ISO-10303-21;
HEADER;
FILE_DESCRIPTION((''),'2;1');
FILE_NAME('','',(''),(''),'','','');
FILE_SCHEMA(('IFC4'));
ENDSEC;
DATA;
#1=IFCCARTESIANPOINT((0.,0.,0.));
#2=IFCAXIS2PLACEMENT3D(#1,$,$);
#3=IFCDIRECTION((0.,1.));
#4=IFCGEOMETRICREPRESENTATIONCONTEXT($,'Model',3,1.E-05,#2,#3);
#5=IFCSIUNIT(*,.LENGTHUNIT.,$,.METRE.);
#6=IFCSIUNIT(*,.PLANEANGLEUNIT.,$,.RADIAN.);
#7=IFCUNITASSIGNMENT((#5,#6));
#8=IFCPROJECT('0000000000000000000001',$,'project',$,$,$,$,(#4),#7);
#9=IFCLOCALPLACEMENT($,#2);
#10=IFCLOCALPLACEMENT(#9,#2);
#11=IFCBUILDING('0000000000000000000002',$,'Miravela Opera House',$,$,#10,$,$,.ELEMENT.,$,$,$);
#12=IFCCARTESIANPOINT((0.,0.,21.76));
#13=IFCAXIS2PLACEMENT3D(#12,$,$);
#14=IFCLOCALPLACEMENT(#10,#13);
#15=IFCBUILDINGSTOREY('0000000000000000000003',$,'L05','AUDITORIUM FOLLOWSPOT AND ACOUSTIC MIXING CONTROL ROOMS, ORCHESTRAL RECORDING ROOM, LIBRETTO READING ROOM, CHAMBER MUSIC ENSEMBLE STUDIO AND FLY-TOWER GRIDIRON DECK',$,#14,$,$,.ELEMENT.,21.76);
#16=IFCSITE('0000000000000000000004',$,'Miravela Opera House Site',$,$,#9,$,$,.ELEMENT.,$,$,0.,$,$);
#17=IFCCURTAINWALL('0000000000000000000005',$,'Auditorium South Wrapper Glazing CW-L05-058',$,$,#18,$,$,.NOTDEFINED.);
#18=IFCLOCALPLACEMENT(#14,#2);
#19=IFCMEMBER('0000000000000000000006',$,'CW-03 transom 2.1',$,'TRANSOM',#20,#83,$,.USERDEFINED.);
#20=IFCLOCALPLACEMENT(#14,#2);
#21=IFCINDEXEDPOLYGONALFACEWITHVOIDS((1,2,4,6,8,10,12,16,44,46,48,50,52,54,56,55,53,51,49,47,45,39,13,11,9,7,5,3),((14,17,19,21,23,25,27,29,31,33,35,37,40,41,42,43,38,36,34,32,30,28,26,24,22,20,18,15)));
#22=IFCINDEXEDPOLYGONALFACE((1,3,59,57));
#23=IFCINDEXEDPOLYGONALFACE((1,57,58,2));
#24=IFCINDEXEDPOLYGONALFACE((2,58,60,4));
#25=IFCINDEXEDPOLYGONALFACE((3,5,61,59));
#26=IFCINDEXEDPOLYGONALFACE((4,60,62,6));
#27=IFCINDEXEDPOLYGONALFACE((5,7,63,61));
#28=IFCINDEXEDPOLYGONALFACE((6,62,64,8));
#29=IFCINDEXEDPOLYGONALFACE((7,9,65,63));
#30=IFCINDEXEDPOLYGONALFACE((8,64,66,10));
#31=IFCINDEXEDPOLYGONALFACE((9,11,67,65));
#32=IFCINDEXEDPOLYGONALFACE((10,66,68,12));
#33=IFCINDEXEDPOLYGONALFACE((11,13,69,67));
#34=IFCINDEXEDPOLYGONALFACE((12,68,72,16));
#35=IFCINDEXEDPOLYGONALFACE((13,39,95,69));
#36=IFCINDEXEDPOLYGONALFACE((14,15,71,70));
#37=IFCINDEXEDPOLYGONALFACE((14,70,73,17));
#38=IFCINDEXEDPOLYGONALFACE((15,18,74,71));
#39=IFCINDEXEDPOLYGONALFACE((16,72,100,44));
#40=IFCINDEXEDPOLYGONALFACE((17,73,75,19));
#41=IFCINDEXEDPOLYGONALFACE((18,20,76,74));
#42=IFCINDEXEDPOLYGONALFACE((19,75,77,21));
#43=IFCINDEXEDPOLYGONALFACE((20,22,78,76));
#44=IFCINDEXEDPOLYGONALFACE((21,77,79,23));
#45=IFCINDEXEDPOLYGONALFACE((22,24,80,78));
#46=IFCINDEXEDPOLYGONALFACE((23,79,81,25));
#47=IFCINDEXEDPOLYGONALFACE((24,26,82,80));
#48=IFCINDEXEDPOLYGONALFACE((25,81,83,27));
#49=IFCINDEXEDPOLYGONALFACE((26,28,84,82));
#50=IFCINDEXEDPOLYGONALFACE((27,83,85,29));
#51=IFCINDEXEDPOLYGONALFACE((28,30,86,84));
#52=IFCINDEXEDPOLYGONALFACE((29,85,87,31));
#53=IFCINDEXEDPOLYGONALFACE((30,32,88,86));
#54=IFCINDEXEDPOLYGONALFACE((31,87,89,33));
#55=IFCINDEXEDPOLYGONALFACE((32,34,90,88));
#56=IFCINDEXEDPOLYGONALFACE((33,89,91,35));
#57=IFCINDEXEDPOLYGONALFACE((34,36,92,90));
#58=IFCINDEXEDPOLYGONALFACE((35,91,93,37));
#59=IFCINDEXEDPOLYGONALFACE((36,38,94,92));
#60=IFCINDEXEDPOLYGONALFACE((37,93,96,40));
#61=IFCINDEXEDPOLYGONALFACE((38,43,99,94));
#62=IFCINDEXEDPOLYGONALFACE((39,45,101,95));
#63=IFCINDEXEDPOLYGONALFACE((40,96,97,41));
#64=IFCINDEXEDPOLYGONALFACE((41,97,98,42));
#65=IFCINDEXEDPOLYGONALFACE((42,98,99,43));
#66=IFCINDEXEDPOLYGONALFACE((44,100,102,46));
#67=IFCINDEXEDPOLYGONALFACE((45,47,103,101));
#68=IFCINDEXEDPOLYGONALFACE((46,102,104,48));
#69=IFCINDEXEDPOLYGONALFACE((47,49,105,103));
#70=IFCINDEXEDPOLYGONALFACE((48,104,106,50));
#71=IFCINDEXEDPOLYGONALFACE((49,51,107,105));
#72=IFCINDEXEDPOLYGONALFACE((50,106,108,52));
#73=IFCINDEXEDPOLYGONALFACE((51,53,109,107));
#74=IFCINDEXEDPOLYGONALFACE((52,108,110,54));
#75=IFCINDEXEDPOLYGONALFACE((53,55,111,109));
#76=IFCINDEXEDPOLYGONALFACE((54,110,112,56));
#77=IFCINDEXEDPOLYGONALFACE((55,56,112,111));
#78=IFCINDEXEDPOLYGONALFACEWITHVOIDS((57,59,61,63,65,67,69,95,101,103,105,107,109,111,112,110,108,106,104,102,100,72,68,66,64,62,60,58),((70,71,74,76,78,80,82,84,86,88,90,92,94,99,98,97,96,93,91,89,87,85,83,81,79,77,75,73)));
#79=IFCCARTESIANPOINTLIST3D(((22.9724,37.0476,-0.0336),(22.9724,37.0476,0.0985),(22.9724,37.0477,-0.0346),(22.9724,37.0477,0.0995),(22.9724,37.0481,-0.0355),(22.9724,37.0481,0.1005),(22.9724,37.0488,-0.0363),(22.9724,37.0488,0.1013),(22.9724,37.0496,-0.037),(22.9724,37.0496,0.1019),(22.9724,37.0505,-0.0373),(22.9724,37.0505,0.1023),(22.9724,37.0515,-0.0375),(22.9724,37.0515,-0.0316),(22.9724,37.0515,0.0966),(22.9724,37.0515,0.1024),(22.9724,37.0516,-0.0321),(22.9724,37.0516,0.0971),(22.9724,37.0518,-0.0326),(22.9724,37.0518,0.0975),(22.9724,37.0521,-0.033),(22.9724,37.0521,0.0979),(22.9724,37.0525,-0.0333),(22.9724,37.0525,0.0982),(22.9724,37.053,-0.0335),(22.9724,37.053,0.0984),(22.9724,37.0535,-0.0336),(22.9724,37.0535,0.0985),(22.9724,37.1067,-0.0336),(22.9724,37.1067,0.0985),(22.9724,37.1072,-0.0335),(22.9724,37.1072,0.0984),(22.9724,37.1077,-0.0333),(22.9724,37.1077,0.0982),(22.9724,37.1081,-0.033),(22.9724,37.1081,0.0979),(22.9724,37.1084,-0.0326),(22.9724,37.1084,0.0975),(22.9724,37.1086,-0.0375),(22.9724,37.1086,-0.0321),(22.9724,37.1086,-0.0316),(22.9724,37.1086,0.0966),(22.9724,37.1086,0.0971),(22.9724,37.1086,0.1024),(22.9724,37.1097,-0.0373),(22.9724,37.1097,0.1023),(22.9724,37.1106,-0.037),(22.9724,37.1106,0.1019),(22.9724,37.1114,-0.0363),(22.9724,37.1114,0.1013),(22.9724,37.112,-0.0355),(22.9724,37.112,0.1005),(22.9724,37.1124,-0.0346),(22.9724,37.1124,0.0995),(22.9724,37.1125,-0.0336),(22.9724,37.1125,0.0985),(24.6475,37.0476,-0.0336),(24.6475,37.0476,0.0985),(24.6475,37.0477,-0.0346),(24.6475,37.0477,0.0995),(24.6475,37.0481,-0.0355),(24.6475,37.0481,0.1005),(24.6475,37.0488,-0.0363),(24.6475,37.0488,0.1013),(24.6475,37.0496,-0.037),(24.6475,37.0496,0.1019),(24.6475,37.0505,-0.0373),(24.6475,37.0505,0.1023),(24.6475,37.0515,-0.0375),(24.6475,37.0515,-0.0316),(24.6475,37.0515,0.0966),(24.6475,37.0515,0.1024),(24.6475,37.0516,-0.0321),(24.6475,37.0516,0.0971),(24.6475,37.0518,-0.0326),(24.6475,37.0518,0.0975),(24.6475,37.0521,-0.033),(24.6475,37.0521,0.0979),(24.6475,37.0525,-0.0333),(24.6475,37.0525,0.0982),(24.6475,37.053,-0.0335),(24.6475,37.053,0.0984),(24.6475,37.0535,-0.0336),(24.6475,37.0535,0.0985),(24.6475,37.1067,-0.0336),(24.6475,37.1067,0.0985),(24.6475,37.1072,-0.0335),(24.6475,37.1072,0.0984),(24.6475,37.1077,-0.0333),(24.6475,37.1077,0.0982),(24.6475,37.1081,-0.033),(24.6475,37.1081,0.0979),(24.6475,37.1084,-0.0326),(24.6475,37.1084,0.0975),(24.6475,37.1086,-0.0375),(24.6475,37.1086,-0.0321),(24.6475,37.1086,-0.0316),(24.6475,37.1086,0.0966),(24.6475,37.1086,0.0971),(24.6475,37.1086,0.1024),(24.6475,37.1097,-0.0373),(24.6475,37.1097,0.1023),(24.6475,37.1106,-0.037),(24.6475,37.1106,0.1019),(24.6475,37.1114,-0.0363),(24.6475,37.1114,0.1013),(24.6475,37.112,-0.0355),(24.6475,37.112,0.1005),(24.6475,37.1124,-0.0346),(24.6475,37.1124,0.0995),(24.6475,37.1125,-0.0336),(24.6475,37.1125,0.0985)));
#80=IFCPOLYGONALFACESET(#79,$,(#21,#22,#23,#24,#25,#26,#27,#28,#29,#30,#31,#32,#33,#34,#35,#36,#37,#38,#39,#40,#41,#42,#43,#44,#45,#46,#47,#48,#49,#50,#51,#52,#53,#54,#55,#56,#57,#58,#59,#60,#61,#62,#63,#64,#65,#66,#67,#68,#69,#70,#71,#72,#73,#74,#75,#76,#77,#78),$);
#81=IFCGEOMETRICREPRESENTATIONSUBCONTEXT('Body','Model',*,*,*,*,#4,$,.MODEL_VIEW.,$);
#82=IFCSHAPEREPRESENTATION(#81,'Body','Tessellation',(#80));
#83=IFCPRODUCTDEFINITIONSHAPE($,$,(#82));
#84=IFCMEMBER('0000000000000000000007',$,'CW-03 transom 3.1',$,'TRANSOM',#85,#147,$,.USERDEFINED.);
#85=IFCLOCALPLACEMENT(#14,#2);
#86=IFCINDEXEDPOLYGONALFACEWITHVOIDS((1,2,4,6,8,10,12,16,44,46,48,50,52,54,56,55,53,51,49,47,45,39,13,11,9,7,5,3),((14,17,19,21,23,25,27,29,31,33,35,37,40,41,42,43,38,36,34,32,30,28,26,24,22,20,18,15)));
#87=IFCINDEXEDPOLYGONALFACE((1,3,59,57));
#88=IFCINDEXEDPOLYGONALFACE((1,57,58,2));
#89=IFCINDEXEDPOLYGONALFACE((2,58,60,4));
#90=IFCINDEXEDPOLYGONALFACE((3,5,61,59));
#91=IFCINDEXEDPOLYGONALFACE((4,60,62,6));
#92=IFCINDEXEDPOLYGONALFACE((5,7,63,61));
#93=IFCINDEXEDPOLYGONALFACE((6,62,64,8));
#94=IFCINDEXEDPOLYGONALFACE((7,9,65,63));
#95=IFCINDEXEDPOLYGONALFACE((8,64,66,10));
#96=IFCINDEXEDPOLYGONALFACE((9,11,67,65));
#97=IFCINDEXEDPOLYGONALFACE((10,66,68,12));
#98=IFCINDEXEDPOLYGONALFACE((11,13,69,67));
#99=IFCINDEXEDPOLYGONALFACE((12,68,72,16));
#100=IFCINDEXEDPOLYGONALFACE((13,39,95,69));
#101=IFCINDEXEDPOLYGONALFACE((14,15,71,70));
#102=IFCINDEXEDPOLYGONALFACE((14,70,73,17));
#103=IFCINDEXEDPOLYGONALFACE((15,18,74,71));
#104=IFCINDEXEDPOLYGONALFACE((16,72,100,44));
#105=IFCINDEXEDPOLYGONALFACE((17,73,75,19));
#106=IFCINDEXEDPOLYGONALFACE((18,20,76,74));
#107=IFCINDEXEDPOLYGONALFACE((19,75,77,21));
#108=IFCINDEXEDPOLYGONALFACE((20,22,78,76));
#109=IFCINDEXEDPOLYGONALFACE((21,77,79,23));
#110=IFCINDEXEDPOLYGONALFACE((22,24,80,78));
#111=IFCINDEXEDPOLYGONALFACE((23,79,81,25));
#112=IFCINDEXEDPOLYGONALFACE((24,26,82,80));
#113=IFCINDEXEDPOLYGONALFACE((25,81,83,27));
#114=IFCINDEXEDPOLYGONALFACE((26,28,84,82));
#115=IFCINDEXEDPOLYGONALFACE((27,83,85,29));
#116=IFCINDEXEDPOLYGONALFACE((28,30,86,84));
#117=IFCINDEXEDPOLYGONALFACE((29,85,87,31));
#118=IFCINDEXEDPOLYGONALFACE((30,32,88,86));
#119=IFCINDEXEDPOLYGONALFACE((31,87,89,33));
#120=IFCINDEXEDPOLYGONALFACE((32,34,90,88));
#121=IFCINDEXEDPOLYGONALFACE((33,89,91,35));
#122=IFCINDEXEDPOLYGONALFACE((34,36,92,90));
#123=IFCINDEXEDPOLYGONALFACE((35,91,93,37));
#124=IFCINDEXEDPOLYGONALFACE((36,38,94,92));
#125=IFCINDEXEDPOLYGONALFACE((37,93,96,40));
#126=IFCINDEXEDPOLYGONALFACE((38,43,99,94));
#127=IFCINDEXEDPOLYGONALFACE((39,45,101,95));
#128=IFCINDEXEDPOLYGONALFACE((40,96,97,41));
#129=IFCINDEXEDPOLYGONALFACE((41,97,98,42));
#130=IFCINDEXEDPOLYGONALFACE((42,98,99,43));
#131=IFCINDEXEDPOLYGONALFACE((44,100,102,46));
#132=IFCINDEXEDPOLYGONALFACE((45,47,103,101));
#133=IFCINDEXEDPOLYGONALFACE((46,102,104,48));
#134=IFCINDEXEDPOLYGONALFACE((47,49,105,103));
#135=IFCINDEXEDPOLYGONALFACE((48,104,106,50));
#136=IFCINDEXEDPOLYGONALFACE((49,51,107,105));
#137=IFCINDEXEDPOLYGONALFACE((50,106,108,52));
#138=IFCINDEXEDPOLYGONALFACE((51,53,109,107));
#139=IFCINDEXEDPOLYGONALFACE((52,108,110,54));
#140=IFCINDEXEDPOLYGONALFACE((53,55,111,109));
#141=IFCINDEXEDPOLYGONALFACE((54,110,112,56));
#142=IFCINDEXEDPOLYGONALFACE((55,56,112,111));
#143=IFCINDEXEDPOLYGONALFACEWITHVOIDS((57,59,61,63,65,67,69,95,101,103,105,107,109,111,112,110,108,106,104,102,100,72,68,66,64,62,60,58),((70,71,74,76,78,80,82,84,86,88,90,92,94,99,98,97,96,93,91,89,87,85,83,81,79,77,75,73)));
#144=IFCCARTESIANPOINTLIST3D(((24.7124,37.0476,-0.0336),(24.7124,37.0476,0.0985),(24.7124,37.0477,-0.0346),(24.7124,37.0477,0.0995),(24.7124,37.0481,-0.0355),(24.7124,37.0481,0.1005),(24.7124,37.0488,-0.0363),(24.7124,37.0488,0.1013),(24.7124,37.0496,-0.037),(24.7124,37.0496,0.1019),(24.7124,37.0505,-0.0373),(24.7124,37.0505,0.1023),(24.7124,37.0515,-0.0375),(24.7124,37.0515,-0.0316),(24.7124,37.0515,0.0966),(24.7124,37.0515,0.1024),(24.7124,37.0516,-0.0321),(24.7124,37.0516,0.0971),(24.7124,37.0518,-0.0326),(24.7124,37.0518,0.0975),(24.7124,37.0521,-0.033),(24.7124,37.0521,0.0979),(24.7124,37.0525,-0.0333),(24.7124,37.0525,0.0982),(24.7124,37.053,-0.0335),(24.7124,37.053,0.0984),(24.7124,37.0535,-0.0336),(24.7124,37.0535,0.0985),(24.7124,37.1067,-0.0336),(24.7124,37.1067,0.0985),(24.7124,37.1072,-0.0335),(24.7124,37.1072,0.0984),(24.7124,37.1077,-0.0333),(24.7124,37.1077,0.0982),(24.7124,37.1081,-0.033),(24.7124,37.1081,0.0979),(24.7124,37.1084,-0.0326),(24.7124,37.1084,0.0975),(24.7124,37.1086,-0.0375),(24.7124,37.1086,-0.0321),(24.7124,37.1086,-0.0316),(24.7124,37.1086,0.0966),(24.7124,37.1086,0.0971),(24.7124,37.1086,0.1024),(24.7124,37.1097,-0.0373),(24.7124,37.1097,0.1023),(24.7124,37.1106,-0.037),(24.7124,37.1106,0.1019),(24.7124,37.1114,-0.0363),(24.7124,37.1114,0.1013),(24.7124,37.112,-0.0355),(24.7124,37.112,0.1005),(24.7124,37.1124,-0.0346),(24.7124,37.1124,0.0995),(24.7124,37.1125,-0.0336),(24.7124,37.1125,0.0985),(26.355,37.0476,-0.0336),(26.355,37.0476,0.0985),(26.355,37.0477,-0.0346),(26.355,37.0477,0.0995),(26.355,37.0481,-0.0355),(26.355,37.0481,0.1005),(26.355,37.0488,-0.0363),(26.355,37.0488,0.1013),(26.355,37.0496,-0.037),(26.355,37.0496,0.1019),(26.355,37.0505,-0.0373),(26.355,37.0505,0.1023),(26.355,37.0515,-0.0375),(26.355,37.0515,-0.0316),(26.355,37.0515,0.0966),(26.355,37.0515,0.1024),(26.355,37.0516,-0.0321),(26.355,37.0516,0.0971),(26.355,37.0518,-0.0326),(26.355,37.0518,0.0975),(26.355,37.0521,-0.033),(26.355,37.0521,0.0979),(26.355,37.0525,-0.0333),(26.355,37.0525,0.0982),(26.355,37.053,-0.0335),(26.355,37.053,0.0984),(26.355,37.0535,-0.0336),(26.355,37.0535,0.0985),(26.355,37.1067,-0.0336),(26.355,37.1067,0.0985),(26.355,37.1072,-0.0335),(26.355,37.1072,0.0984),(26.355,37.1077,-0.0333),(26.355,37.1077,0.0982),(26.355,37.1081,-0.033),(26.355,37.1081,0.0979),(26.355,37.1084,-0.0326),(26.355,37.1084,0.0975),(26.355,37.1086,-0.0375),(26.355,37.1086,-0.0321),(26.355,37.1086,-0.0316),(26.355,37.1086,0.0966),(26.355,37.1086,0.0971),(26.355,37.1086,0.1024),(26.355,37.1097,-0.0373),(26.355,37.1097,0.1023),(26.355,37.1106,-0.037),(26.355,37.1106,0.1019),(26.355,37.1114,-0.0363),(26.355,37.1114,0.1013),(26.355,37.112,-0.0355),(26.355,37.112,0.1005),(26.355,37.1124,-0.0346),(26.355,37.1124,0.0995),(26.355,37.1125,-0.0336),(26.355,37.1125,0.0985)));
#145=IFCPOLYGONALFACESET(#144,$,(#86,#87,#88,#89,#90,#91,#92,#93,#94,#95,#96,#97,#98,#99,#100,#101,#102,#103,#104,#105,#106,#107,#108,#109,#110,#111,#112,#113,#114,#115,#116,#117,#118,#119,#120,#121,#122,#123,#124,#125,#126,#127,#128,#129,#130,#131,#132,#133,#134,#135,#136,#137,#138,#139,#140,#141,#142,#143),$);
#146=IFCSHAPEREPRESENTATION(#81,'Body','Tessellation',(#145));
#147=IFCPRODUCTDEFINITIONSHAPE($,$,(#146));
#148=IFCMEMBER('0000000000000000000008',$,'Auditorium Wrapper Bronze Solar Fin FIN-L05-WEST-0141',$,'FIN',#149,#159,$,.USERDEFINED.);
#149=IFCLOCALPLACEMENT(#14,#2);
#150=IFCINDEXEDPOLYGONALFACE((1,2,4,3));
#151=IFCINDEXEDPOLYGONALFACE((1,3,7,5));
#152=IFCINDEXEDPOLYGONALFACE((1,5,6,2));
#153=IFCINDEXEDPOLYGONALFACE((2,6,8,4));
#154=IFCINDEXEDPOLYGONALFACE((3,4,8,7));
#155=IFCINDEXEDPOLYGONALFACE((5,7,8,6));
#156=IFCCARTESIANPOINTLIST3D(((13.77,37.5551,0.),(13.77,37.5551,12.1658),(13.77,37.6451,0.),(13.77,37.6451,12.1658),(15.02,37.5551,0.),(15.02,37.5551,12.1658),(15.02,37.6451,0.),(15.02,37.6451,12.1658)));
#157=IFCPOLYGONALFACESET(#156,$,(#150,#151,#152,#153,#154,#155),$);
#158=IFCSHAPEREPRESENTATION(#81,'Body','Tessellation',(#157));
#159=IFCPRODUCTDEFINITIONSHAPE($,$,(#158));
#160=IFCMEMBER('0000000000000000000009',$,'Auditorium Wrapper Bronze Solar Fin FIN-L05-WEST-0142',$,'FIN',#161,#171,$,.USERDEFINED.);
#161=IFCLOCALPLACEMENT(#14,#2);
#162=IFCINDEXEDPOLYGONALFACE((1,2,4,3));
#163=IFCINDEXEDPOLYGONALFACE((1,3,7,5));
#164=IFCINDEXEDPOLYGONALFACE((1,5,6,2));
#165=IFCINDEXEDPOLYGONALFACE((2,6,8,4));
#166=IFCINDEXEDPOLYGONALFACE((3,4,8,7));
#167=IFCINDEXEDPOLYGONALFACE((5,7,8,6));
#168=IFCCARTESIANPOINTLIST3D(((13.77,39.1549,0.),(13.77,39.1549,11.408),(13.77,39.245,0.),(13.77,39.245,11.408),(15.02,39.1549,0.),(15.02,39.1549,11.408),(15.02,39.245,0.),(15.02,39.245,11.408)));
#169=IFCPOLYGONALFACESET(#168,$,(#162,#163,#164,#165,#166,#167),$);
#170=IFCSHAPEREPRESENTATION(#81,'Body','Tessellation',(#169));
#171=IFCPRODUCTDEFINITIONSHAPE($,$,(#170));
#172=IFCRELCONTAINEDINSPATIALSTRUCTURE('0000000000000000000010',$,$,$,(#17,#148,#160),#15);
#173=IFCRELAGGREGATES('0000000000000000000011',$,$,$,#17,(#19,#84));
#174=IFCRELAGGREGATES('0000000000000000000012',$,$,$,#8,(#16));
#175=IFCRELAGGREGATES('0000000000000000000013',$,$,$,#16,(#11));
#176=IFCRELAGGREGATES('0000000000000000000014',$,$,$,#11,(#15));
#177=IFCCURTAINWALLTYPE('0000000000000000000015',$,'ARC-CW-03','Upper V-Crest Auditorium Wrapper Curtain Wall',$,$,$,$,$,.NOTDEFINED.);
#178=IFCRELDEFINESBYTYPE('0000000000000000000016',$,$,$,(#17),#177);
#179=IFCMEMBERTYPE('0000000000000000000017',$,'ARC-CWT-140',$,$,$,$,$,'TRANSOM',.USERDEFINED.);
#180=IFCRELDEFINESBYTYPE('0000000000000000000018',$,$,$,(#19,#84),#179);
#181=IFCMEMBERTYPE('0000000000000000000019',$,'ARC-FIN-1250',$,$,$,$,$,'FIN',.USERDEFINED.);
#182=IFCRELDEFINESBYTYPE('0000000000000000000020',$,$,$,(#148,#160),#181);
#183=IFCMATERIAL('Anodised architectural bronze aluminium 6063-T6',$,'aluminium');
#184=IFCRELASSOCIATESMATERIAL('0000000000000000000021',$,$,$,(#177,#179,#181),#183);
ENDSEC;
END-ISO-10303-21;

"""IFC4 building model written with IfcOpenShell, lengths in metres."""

from ifc_helpers import new_model, si_unit, direction, frame, origin, origin_2d, place, context, subcontext, project, spatial, rectangle, hollow_rectangle, extrude, material, material_profile, profile_set, type_object, element, aggregate, save


model = new_model("IFC4")

# Units and contexts
model_context = context("Model", 3, precision=1e-05, world=origin(), true_north=direction((0.0, 1.0)))
body_context = subcontext(model_context, "Body", "Model", "MODEL_VIEW")
ifc_project = project(units=[si_unit("LENGTHUNIT", "METRE"), si_unit("PLANEANGLEUNIT", "RADIAN")], contexts=[model_context])

# Site, building, storey
site_placement = place(None, origin())
site = spatial("IfcSite", under=ifc_project, at=site_placement, Name="Miravela Opera House Site", CompositionType="ELEMENT", RefElevation=0.0)
building_placement = place(site_placement, origin())
building = spatial("IfcBuilding", under=site, at=building_placement, Name="Miravela Opera House", CompositionType="ELEMENT")
storey_placement = place(building_placement, frame((0.0, 0.0, 21.76)))
storey = spatial("IfcBuildingStorey", under=building, at=storey_placement, Name="L05", Description="AUDITORIUM FOLLOWSPOT AND ACOUSTIC MIXING CONTROL ROOMS, ORCHESTRAL RECORDING ROOM, LIBRETTO READING ROOM, CHAMBER MUSIC ENSEMBLE STUDIO AND FLY-TOWER GRIDIRON DECK", CompositionType="ELEMENT", Elevation=21.76)

# Curtain wall
ifc_material_1 = material(Name="Anodised architectural bronze aluminium 6063-T6", Category="aluminium")
curtain_wall_type = type_object("IfcCurtainWallType", Name="ARC-CW-03", Description="Upper V-Crest Auditorium Wrapper Curtain Wall", PredefinedType="NOTDEFINED", material=ifc_material_1)
curtain_wall_1_placement = place(storey_placement, origin())
curtain_wall_1 = element("IfcCurtainWall", 1, at=curtain_wall_1_placement, inside=storey, type_object=curtain_wall_type, Name="Auditorium South Wrapper Glazing CW-L05-058", PredefinedType="NOTDEFINED")

# Members
ifc_material_profile_1 = material_profile(ifc_material_1, hollow_rectangle(XDim=0.0649, YDim=0.1399, WallThickness=0.0039, InnerFilletRadius=0.002, OuterFilletRadius=0.0039, at=origin_2d()), Name="CWT-65X140")
ifc_profile_set_1 = profile_set([ifc_material_profile_1])
member_type_1 = type_object("IfcMemberType", Name="ARC-CWT-140", ElementType="TRANSOM", PredefinedType="USERDEFINED", material=ifc_profile_set_1)
member_1_placement = place(storey_placement, frame((22.9724, 37.0801, 0.0325), z_axis=(1.0, 0.0, 0.0), x_axis=(0.0, 1.0, 0.0)))
member_1 = element("IfcMember", 2, at=member_1_placement, type_object=member_type_1, Name="CW-03 transom 2.1", ObjectType="TRANSOM", PredefinedType="USERDEFINED", context=body_context, shape_type="SweptSolid", body=[
    extrude(hollow_rectangle(XDim=0.0649, YDim=0.1399, WallThickness=0.0039, InnerFilletRadius=0.002, OuterFilletRadius=0.0039, at=origin_2d()), origin(), (0.0, 0.0, 1.0), 1.675),
])
member_2_placement = place(storey_placement, frame((24.7124, 37.0801, 0.0325), z_axis=(1.0, 0.0, 0.0), x_axis=(0.0, 1.0, 0.0)))
member_2 = element("IfcMember", 3, at=member_2_placement, type_object=member_type_1, Name="CW-03 transom 3.1", ObjectType="TRANSOM", PredefinedType="USERDEFINED", context=body_context, shape_type="SweptSolid", body=[
    extrude(hollow_rectangle(XDim=0.0649, YDim=0.1399, WallThickness=0.0039, InnerFilletRadius=0.002, OuterFilletRadius=0.0039, at=origin_2d()), origin(), (0.0, 0.0, 1.0), 1.6426),
])

# Members
ifc_material_profile_2 = material_profile(ifc_material_1, rectangle(XDim=0.0901, YDim=1.25, at=origin_2d()), Name="FIN-1250X90")
ifc_profile_set_2 = profile_set([ifc_material_profile_2])
member_type_2 = type_object("IfcMemberType", Name="ARC-FIN-1250", ElementType="FIN", PredefinedType="USERDEFINED", material=ifc_profile_set_2)
member_3_placement = place(storey_placement, frame((14.395, 37.6001, 0.0), z_axis=(0.0, 0.0, 1.0), x_axis=(0.0, 1.0, 0.0)))
element("IfcMember", 4, at=member_3_placement, inside=storey, type_object=member_type_2, Name="Auditorium Wrapper Bronze Solar Fin FIN-L05-WEST-0141", ObjectType="FIN", PredefinedType="USERDEFINED", context=body_context, shape_type="SweptSolid", body=[
    extrude(rectangle(XDim=0.0901, YDim=1.25, at=origin_2d()), origin(), (0.0, 0.0, 1.0), 12.1658),
])
member_4_placement = place(storey_placement, frame((14.395, 39.2, 0.0), z_axis=(0.0, 0.0, 1.0), x_axis=(0.0, 1.0, 0.0)))
element("IfcMember", 5, at=member_4_placement, inside=storey, type_object=member_type_2, Name="Auditorium Wrapper Bronze Solar Fin FIN-L05-WEST-0142", ObjectType="FIN", PredefinedType="USERDEFINED", context=body_context, shape_type="SweptSolid", body=[
    extrude(rectangle(XDim=0.0901, YDim=1.25, at=origin_2d()), origin(), (0.0, 0.0, 1.0), 11.408),
])

aggregate(curtain_wall_1, [member_1, member_2])

save(model, "model.ifc")
